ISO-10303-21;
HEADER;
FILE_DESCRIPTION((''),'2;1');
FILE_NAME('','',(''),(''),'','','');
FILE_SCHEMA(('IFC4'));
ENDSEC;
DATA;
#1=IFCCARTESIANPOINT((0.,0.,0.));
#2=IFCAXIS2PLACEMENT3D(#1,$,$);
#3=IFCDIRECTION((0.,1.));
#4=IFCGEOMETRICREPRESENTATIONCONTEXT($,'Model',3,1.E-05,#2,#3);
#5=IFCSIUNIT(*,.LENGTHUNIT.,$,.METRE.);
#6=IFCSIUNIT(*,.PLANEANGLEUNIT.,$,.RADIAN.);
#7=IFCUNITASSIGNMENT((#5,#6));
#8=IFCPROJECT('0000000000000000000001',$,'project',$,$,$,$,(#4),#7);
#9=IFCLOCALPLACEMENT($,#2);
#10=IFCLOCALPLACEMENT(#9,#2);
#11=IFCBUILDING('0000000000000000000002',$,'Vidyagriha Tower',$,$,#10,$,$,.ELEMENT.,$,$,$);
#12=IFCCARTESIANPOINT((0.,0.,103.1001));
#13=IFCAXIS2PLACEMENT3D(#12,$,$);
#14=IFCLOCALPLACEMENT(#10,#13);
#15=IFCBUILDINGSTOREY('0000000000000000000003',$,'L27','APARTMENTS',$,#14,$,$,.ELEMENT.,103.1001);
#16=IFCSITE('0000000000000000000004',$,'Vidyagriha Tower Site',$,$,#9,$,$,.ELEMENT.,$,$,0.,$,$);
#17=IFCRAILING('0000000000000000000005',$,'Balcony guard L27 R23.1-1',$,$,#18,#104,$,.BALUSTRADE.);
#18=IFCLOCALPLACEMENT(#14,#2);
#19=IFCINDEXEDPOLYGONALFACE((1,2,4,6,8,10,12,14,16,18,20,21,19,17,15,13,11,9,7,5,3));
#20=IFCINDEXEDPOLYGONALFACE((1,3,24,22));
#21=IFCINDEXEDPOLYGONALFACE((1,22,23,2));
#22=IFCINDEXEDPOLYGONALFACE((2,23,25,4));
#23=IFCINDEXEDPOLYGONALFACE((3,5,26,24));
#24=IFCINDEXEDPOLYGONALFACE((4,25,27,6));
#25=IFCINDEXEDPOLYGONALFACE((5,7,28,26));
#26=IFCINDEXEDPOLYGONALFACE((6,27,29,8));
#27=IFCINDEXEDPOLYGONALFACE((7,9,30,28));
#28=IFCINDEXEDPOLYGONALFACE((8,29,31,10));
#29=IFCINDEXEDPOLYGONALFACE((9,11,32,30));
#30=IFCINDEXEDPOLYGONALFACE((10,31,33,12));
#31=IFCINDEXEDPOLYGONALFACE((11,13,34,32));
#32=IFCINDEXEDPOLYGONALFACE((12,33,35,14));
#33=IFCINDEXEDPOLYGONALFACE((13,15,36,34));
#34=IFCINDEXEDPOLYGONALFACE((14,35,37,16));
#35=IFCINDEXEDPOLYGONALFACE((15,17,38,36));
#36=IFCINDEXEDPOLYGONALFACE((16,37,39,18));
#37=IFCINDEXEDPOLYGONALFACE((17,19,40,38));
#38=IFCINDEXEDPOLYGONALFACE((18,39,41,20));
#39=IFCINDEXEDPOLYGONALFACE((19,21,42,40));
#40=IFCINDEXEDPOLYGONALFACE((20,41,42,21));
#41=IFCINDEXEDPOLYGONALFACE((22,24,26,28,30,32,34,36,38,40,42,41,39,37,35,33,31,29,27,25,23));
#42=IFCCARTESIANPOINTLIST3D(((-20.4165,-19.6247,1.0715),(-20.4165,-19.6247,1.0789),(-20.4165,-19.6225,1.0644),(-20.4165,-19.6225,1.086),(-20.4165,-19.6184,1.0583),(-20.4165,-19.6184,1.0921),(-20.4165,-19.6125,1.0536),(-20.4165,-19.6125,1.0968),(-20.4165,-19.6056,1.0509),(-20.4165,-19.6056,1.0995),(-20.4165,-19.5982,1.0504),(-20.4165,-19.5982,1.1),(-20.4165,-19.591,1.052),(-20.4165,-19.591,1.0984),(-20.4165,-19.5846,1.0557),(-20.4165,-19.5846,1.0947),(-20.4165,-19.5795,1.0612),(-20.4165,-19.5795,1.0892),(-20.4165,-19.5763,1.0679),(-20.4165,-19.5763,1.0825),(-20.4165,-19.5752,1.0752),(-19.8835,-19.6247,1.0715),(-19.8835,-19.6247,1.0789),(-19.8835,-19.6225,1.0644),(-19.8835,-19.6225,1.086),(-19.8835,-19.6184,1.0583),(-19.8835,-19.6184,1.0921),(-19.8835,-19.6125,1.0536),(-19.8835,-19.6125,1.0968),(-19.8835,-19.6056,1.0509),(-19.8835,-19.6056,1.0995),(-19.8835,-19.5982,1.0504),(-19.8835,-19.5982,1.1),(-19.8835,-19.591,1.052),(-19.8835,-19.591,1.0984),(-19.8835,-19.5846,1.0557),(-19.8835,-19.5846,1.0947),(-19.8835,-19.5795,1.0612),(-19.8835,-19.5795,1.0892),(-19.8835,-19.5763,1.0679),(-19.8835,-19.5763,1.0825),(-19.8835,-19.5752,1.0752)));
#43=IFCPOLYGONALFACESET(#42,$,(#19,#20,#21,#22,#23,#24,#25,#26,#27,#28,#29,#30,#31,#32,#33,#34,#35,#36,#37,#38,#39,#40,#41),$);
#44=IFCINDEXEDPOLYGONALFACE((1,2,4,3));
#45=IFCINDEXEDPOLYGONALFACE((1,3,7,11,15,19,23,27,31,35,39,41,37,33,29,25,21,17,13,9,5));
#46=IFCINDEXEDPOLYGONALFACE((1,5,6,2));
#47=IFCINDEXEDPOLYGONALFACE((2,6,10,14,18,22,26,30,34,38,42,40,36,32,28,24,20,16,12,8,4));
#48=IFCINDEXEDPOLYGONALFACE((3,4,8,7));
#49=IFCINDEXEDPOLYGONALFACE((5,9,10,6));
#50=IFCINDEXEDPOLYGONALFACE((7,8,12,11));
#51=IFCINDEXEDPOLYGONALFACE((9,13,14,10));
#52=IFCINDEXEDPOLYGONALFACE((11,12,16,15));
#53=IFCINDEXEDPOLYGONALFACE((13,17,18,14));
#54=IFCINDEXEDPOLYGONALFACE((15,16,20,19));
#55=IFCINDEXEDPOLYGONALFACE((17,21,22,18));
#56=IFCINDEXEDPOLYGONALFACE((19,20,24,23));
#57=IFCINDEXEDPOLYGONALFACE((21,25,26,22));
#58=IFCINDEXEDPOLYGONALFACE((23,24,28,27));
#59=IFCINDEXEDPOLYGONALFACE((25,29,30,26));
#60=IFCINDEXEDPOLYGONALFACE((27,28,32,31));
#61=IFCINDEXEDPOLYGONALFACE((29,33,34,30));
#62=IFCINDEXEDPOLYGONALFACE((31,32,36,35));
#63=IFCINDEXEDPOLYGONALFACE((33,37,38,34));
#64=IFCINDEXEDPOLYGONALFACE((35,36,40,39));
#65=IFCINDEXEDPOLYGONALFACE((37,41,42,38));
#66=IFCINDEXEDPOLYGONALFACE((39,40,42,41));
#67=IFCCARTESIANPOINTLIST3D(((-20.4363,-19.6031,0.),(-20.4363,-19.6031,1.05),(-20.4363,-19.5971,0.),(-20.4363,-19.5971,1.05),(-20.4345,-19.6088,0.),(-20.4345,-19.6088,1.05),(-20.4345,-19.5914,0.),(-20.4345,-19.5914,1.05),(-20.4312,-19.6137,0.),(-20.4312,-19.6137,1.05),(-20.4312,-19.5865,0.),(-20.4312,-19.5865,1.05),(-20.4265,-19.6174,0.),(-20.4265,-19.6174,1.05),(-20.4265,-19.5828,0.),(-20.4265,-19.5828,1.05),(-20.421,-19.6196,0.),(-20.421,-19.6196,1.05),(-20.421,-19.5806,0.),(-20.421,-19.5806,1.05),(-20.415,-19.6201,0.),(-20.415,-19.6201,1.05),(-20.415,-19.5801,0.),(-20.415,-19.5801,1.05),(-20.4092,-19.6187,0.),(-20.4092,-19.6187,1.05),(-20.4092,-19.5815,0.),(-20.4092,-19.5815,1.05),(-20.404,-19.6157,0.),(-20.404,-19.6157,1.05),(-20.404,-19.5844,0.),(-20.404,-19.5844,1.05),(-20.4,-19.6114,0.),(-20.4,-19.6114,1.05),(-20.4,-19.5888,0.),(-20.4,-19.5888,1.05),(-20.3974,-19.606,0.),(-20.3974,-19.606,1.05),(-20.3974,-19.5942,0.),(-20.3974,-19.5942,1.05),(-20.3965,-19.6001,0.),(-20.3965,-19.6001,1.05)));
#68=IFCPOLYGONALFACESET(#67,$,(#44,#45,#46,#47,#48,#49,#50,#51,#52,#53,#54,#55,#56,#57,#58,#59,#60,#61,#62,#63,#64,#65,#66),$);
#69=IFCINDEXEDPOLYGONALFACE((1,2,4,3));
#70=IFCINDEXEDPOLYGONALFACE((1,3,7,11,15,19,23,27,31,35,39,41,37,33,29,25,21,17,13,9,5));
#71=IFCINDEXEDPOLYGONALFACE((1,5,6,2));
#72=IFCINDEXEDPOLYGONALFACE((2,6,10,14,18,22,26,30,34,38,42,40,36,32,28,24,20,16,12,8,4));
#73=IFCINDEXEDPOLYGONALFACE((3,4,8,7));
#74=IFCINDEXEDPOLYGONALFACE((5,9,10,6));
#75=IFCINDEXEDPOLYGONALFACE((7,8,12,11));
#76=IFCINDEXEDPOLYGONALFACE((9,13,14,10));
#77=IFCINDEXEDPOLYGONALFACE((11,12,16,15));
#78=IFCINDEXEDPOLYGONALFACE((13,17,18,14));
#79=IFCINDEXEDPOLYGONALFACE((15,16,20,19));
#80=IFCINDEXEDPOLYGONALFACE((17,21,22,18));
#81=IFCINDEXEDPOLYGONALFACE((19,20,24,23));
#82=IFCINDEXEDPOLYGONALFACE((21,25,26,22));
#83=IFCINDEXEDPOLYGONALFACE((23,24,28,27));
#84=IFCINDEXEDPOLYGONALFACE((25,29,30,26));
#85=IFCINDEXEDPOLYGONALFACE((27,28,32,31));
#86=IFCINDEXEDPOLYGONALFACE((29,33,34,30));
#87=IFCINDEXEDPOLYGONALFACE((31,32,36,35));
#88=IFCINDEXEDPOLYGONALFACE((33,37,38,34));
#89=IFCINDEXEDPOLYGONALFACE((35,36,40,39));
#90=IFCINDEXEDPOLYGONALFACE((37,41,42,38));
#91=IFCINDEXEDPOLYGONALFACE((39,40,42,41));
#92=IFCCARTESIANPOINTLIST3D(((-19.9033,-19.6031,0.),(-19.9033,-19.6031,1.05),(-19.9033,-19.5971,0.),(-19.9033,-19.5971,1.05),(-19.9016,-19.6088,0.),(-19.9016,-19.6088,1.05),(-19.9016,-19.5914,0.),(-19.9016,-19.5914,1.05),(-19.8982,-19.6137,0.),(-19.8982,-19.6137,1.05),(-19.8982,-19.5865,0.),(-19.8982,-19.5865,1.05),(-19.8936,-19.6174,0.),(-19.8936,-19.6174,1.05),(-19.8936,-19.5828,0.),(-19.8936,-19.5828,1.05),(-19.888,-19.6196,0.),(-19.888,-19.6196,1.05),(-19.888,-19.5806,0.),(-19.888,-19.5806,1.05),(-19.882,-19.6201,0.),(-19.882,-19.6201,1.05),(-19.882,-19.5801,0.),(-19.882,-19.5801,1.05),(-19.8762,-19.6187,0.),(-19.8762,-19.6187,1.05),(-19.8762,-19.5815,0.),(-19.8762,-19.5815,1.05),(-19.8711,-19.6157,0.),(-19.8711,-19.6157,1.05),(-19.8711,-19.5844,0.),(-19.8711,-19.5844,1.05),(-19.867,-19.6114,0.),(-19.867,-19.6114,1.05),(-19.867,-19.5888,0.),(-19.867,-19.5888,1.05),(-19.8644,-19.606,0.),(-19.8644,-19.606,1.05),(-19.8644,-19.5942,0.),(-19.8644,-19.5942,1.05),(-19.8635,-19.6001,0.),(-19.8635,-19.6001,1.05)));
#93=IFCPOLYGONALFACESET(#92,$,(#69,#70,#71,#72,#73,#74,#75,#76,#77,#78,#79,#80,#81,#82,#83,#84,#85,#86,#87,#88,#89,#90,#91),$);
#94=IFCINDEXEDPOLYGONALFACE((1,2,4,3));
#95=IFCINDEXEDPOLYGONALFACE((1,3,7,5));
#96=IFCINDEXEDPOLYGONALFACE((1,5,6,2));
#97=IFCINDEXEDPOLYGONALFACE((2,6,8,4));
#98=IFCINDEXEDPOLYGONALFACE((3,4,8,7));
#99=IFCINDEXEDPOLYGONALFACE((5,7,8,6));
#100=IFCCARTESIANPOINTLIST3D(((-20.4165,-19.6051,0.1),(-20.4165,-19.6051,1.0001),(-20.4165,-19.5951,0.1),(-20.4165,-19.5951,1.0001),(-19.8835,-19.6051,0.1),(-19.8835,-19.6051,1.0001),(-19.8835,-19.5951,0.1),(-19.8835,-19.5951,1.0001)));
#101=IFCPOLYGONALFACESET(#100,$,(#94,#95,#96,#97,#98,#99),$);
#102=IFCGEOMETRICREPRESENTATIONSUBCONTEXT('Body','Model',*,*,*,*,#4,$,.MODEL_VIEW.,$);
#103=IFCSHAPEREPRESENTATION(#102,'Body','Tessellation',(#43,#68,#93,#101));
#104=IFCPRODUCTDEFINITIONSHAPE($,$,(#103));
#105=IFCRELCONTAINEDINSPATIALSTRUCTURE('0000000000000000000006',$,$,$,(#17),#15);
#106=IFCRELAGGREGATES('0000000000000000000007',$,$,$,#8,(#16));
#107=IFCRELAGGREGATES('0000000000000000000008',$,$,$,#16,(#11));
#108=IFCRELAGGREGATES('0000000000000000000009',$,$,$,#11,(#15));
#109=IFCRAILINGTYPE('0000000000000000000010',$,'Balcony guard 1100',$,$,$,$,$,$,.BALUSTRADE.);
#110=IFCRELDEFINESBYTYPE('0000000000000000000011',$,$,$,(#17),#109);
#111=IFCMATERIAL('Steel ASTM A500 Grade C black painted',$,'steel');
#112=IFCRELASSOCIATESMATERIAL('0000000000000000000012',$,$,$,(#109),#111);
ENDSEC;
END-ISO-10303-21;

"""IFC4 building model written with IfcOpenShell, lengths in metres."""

from ifc_helpers import new_model, si_unit, direction, frame, origin, origin_2d, place, context, subcontext, project, spatial, rectangle, circle, extrude, material, type_object, element, save


model = new_model("IFC4")

# Units and contexts
model_context = context("Model", 3, precision=1e-05, world=origin(), true_north=direction((0.0, 1.0)))
body_context = subcontext(model_context, "Body", "Model", "MODEL_VIEW")
ifc_project = project(units=[si_unit("LENGTHUNIT", "METRE"), si_unit("PLANEANGLEUNIT", "RADIAN")], contexts=[model_context])

# Site, building, storey
site_placement = place(None, origin())
site = spatial("IfcSite", under=ifc_project, at=site_placement, Name="Vidyagriha Tower Site", CompositionType="ELEMENT", RefElevation=0.0)
building_placement = place(site_placement, origin())
building = spatial("IfcBuilding", under=site, at=building_placement, Name="Vidyagriha Tower", CompositionType="ELEMENT")
storey_placement = place(building_placement, frame((0.0, 0.0, 103.1001)))
storey = spatial("IfcBuildingStorey", under=building, at=storey_placement, Name="L27", Description="APARTMENTS", CompositionType="ELEMENT", Elevation=103.1001)

# Railing
ifc_material_1 = material(Name="Steel ASTM A500 Grade C black painted", Category="steel")
railing_type_1 = type_object("IfcRailingType", Name="Balcony guard 1100", PredefinedType="BALUSTRADE", material=ifc_material_1)
railing_1_placement = place(storey_placement, frame((-20.4165, -19.6001, 0.0)))
element("IfcRailing", 1, at=railing_1_placement, inside=storey, type_object=railing_type_1, Name="Balcony guard L27 R23.1-1", PredefinedType="BALUSTRADE", context=body_context, shape_type="SweptSolid", body=[
    extrude(circle(Radius=0.0249, at=origin_2d()), frame((0.0, 0.0, 1.0752), z_axis=(1.0, 0.0, 0.0), x_axis=(0.0, 1.0, 0.0)), (0.0, 0.0, 1.0), 0.533),
    extrude(circle(Radius=0.02, at=origin_2d()), origin(), (0.0, 0.0, 1.0), 1.05),
    extrude(circle(Radius=0.02, at=origin_2d()), frame((0.533, 0.0, 0.0)), (0.0, 0.0, 1.0), 1.05),
    extrude(rectangle(XDim=0.01, YDim=0.9001, at=origin_2d()), frame((0.0, 0.0, 0.55), z_axis=(1.0, 0.0, 0.0), x_axis=(0.0, 1.0, 0.0)), (0.0, 0.0, 1.0), 0.533),
])

save(model, "model.ifc")
